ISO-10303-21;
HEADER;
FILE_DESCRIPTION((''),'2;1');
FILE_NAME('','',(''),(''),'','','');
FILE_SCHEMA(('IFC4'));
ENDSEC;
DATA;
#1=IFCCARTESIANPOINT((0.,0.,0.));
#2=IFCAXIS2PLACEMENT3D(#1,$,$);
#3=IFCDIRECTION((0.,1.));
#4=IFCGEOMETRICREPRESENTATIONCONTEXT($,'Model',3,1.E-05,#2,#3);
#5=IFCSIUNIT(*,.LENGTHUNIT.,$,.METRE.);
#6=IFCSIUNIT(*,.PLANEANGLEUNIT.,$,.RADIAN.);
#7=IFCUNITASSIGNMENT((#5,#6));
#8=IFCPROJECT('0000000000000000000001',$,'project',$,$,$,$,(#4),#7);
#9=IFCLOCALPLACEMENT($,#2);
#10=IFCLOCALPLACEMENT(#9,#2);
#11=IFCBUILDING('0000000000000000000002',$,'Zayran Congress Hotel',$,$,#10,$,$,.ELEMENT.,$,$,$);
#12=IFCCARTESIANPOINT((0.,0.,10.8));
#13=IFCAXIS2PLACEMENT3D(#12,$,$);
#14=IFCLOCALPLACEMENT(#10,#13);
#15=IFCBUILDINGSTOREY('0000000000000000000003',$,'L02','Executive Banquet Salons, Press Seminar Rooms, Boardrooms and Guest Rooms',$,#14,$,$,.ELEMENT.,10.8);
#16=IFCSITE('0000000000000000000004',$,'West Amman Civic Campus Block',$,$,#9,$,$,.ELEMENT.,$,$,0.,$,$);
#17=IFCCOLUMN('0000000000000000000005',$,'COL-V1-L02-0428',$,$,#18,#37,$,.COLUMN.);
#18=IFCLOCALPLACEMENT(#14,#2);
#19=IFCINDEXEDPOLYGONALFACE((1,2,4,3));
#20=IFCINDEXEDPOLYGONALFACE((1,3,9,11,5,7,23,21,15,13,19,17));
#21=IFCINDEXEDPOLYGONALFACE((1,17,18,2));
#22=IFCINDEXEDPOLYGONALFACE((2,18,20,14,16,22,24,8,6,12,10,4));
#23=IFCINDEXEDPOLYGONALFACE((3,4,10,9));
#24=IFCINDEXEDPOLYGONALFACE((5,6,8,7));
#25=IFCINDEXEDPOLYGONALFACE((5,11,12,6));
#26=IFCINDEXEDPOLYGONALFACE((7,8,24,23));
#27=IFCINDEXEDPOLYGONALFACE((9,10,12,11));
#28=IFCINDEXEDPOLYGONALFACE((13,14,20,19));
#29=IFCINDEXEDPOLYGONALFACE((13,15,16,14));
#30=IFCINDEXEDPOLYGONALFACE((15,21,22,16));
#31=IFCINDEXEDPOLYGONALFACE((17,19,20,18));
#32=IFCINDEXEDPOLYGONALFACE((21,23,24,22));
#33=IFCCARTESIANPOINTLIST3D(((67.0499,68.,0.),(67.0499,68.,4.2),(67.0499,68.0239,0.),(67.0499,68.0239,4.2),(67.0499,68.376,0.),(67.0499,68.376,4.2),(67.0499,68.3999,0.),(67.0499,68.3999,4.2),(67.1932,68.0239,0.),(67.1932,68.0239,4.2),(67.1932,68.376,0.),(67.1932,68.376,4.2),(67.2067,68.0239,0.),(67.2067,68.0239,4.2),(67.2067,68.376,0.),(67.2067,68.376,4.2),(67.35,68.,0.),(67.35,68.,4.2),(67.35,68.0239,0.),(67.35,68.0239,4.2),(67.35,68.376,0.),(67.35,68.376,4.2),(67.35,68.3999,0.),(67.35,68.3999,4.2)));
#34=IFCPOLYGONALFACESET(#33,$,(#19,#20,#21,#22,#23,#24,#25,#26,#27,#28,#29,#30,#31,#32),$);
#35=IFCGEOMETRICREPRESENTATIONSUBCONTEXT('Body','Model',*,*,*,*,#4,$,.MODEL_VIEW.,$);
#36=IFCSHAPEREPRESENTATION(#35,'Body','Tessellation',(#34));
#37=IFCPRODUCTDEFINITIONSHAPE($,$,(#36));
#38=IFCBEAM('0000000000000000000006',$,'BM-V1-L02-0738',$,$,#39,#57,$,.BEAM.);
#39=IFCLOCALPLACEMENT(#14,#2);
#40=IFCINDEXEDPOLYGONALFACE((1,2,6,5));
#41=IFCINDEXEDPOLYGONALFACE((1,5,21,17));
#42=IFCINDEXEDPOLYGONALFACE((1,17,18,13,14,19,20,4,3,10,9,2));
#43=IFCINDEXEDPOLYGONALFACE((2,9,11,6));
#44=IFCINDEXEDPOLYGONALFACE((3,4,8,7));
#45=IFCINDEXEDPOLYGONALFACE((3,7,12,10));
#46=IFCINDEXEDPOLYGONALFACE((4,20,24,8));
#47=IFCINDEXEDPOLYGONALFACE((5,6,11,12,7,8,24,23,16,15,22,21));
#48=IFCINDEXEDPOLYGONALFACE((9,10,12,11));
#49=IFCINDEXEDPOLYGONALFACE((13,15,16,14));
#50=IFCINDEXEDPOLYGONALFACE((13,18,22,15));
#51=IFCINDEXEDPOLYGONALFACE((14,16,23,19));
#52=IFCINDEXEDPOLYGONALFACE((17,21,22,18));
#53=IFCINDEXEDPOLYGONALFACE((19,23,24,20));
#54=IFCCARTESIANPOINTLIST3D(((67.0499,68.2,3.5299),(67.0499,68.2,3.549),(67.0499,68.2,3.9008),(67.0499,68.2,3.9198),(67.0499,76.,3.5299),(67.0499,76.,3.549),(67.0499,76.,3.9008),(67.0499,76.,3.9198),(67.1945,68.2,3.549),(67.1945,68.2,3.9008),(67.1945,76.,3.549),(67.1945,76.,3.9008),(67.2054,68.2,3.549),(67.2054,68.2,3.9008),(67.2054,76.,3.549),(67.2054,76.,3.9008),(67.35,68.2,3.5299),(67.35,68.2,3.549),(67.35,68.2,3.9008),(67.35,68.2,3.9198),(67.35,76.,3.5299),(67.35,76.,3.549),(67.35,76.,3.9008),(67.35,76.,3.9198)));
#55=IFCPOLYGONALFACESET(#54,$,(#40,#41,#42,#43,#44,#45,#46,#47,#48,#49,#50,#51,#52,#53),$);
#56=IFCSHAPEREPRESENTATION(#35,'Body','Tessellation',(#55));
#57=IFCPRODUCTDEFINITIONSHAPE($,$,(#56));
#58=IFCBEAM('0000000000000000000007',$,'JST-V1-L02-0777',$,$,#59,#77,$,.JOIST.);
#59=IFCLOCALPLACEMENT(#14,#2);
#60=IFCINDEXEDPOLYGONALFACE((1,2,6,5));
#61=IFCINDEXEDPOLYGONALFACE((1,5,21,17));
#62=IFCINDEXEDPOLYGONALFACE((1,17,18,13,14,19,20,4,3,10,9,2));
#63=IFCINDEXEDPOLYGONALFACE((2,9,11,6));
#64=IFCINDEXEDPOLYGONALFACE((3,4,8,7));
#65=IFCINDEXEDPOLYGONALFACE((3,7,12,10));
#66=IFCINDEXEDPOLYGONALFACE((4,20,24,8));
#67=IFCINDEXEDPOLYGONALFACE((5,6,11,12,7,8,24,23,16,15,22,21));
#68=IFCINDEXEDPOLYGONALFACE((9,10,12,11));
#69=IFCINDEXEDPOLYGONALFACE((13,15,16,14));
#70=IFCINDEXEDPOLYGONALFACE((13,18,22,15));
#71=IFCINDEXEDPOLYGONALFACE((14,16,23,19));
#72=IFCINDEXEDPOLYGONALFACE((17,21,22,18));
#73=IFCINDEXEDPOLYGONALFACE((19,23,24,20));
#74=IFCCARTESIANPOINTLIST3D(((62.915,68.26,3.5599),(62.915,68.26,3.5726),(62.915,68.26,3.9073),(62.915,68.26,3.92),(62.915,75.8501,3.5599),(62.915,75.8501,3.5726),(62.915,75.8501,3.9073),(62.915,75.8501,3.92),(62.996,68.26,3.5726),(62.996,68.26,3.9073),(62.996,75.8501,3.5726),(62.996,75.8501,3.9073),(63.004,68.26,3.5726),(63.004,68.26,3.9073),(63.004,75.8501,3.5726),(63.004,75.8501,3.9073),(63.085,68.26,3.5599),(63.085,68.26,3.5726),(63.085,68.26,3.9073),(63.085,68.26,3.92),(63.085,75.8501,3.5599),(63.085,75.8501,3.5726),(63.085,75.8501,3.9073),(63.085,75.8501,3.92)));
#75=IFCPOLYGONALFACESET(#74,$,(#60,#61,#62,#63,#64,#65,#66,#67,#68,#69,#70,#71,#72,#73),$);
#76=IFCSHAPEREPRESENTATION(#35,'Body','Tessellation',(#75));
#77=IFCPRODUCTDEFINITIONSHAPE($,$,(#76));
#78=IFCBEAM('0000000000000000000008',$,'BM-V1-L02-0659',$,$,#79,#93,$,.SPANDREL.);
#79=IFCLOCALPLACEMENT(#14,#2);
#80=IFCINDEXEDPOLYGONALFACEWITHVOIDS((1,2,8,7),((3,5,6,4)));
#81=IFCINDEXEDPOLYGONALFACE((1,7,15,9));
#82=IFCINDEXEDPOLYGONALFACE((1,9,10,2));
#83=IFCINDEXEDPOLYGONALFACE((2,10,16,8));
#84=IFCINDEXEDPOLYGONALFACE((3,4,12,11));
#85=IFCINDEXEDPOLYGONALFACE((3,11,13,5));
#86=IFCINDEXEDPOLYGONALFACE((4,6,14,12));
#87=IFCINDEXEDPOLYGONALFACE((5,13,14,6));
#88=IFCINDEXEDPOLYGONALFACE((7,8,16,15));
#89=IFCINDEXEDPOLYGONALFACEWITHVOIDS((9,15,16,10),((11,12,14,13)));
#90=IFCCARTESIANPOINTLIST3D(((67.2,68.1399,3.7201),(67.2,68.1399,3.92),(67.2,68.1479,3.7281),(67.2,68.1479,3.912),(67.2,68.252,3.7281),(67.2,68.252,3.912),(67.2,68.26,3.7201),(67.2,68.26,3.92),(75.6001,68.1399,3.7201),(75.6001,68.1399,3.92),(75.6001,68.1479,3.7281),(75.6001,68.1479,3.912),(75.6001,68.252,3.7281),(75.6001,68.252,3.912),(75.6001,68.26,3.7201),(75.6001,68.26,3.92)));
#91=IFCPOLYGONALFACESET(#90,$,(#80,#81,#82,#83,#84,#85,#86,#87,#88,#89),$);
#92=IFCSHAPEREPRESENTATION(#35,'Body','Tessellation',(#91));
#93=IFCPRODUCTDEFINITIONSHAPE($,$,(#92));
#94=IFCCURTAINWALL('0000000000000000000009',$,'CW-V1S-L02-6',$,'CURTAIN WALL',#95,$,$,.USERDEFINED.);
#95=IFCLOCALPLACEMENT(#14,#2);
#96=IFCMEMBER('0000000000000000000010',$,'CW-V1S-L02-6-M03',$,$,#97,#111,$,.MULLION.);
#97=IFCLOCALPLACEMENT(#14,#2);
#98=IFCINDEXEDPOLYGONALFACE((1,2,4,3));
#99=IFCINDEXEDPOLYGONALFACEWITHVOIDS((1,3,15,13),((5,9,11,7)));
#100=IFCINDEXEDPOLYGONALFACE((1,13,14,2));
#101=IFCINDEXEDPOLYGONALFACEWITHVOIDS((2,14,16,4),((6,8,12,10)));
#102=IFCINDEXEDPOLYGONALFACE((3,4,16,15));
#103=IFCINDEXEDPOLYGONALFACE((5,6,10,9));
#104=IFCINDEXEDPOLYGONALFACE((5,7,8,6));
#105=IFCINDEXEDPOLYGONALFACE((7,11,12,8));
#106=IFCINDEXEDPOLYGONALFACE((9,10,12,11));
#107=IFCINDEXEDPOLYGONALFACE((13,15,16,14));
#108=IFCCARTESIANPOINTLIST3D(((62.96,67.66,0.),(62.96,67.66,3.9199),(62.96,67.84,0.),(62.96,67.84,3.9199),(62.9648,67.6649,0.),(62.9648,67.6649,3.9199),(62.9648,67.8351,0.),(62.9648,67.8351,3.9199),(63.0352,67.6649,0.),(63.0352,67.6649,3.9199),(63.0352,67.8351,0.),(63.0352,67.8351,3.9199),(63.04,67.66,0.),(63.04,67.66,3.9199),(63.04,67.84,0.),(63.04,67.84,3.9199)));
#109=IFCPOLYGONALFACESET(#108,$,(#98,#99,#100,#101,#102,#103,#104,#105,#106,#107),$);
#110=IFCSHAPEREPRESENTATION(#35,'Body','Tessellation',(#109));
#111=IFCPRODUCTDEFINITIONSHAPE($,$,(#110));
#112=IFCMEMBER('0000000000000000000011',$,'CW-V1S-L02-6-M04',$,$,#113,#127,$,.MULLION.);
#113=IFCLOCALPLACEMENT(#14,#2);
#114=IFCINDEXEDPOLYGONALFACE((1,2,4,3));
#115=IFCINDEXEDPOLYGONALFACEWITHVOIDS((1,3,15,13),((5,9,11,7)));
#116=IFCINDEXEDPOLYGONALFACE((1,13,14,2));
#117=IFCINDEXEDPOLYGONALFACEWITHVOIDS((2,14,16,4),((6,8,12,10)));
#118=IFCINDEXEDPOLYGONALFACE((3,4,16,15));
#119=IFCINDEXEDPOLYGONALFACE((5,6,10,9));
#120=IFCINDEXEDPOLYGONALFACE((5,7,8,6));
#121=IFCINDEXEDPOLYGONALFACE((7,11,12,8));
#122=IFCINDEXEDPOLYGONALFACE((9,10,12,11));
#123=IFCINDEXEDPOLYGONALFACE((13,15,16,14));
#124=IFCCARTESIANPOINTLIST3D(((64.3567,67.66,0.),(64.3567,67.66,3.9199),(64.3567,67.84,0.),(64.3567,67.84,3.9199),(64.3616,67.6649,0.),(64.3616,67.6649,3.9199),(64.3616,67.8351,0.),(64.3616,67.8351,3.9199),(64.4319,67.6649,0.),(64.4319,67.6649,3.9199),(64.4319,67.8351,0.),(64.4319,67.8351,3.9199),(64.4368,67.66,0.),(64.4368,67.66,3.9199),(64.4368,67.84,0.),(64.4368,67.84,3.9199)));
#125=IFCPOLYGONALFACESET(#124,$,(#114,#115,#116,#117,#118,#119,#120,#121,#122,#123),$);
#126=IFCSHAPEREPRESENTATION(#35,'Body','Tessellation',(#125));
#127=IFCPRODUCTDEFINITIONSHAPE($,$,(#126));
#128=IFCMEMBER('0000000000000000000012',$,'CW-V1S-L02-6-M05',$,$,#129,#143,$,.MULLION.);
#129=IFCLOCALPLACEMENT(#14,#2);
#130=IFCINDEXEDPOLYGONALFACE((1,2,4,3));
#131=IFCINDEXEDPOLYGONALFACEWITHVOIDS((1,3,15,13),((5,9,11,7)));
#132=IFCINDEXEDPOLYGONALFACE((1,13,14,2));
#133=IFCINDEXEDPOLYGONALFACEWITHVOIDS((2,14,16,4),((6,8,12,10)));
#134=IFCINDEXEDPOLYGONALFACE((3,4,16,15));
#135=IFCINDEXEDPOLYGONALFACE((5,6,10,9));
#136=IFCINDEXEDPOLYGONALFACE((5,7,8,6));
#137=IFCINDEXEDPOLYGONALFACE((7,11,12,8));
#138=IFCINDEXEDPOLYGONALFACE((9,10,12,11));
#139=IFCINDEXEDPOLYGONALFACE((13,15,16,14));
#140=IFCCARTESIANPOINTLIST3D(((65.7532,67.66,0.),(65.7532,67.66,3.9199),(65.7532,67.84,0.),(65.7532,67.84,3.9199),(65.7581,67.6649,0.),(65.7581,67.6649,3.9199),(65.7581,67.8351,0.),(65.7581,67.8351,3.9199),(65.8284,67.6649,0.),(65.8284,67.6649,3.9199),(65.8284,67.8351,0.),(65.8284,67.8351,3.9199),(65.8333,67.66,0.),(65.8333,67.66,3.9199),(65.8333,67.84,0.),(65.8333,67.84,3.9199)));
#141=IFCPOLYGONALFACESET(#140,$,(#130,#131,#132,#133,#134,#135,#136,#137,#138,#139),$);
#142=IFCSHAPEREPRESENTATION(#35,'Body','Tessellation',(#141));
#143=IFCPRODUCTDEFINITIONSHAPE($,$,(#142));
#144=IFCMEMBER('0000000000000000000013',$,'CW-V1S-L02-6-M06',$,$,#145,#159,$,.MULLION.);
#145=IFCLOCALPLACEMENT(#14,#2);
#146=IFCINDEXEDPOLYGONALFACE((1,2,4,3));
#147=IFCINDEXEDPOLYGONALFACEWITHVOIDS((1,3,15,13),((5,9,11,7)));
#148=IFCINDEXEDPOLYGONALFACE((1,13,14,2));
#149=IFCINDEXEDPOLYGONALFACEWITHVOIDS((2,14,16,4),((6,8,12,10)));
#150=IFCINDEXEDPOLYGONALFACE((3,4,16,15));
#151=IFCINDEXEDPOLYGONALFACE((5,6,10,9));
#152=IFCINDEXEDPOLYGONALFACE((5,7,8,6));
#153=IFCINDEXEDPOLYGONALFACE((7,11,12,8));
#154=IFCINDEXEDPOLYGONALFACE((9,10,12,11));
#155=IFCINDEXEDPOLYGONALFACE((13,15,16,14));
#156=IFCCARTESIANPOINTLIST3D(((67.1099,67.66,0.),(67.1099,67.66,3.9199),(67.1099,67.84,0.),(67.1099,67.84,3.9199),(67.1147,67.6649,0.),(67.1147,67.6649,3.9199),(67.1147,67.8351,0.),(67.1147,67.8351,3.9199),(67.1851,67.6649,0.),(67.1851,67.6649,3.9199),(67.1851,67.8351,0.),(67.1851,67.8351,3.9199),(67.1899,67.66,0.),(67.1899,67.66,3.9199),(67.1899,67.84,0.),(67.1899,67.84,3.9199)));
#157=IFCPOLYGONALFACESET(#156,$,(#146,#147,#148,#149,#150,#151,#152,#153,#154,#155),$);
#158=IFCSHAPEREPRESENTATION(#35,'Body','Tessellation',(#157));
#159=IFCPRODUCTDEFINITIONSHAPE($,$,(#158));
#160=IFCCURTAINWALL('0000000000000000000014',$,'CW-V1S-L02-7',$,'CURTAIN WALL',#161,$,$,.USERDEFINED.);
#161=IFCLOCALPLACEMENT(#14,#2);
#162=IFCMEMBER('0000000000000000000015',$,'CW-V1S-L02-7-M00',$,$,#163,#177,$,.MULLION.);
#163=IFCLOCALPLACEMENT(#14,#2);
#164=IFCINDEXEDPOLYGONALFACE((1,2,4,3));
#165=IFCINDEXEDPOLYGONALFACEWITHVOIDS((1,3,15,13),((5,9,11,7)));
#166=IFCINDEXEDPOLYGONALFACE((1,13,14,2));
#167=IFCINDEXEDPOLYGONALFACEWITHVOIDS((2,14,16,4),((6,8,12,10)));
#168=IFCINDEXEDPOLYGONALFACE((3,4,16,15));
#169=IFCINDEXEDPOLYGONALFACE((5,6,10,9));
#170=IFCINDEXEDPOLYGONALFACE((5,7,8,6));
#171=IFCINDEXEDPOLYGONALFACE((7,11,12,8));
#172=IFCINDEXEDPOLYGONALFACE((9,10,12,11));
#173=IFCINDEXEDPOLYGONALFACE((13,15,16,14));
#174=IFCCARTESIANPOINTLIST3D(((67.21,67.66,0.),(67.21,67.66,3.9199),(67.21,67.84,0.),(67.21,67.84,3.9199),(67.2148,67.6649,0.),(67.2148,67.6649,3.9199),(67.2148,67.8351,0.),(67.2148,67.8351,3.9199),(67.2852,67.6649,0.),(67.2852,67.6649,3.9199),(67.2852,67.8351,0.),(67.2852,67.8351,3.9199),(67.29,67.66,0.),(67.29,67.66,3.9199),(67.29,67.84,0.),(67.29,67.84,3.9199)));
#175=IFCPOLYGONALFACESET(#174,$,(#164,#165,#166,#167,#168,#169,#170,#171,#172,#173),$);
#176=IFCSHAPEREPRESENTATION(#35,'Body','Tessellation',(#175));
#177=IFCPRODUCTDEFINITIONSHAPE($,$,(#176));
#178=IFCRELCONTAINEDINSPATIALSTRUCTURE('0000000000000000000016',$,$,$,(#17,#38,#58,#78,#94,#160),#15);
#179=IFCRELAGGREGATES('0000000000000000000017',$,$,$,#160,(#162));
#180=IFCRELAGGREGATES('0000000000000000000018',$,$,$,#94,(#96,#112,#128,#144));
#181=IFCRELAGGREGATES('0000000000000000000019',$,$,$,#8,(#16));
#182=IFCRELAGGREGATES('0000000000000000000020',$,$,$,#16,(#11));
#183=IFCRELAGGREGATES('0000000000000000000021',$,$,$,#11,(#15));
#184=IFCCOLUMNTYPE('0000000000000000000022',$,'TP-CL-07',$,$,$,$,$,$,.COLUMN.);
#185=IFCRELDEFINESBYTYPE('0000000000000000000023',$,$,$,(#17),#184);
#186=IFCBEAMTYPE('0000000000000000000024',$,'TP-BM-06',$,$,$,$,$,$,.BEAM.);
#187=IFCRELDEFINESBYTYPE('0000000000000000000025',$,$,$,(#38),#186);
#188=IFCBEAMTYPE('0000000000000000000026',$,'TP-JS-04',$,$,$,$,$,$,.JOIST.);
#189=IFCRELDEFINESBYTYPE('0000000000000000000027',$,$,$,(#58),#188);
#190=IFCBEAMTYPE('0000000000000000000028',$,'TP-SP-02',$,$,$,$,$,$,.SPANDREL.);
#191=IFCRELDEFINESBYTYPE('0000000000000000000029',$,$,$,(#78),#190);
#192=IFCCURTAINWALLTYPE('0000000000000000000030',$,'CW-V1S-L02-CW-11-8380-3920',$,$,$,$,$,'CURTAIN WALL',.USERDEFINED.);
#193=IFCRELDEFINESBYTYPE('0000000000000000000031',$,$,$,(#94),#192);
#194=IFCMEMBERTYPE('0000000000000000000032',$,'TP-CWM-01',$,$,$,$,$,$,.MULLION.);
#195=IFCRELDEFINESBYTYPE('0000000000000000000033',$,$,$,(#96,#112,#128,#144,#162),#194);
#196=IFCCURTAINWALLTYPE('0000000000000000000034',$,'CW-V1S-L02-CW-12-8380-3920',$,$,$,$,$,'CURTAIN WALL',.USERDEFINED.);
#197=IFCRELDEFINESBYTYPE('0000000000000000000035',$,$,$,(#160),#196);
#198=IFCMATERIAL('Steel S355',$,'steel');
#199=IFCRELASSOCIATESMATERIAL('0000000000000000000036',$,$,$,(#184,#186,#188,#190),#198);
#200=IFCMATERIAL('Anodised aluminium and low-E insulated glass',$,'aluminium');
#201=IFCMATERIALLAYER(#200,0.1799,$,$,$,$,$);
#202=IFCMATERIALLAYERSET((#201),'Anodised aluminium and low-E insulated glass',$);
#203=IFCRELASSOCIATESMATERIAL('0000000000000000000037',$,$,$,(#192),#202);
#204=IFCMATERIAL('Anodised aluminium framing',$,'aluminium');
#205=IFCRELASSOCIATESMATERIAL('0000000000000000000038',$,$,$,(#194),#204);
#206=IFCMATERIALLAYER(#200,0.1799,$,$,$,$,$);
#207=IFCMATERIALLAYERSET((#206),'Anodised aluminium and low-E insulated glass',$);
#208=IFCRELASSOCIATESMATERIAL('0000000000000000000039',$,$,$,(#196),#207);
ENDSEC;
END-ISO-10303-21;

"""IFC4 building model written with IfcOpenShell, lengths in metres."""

from ifc_helpers import new_model, si_unit, direction, frame, origin, origin_2d, place, context, subcontext, project, spatial, hollow_rectangle, i_section, extrude, material, layer, layer_set, material_profile, profile_set, type_object, element, aggregate, save


model = new_model("IFC4")

# Units and contexts
model_context = context("Model", 3, precision=1e-05, world=origin(), true_north=direction((0.0, 1.0)))
body_context = subcontext(model_context, "Body", "Model", "MODEL_VIEW")
ifc_project = project(units=[si_unit("LENGTHUNIT", "METRE"), si_unit("PLANEANGLEUNIT", "RADIAN")], contexts=[model_context])

# Site, building, storey
site_placement = place(None, origin())
site = spatial("IfcSite", under=ifc_project, at=site_placement, Name="West Amman Civic Campus Block", CompositionType="ELEMENT", RefElevation=0.0)
building_placement = place(site_placement, origin())
building = spatial("IfcBuilding", under=site, at=building_placement, Name="Zayran Congress Hotel", CompositionType="ELEMENT")
storey_placement = place(building_placement, frame((0.0, 0.0, 10.8)))
storey = spatial("IfcBuildingStorey", under=building, at=storey_placement, Name="L02", Description="Executive Banquet Salons, Press Seminar Rooms, Boardrooms and Guest Rooms", CompositionType="ELEMENT", Elevation=10.8)

# Column
ifc_material_1 = material(Name="Steel S355", Category="steel")
ifc_material_profile_1 = material_profile(ifc_material_1, i_section(OverallWidth=0.3, OverallDepth=0.3999, WebThickness=0.0134, FlangeThickness=0.0239, at=origin_2d()), Name="HEB 400")
ifc_profile_set_1 = profile_set([ifc_material_profile_1], Name="Steel S355")
column_type = type_object("IfcColumnType", Name="TP-CL-07", PredefinedType="COLUMN", material=ifc_profile_set_1)
column_placement = place(storey_placement, frame((67.2, 68.2, 0.0), z_axis=(0.0, 0.0, 1.0), x_axis=(1.0, 0.0, 0.0)))
element("IfcColumn", 1, at=column_placement, inside=storey, type_object=column_type, Name="COL-V1-L02-0428", PredefinedType="COLUMN", context=body_context, shape_type="SweptSolid", body=[
    extrude(i_section(OverallWidth=0.3, OverallDepth=0.3999, WebThickness=0.0134, FlangeThickness=0.0239, at=origin_2d()), origin(), (0.0, 0.0, 1.0), 4.2),
])

# Beams
ifc_material_profile_2 = material_profile(ifc_material_1, i_section(OverallWidth=0.3, OverallDepth=0.3899, WebThickness=0.011, FlangeThickness=0.019, at=origin_2d()), Name="HEA 400")
ifc_profile_set_2 = profile_set([ifc_material_profile_2], Name="Steel S355")
beam_type_1 = type_object("IfcBeamType", Name="TP-BM-06", PredefinedType="BEAM", material=ifc_profile_set_2)
beam_1_placement = place(storey_placement, frame((67.2, 68.2, 3.7249), z_axis=(0.0, 1.0, 0.0), x_axis=(-1.0, 0.0, 0.0)))
element("IfcBeam", 2, at=beam_1_placement, inside=storey, type_object=beam_type_1, Name="BM-V1-L02-0738", PredefinedType="BEAM", context=body_context, shape_type="SweptSolid", body=[
    extrude(i_section(OverallWidth=0.3, OverallDepth=0.3899, WebThickness=0.011, FlangeThickness=0.019, at=origin_2d()), origin(), (0.0, 0.0, 1.0), 7.8),
])
ifc_material_profile_3 = material_profile(ifc_material_1, i_section(OverallWidth=0.1699, OverallDepth=0.3601, WebThickness=0.0081, FlangeThickness=0.0127, at=origin_2d()), Name="IPE 360")
ifc_profile_set_3 = profile_set([ifc_material_profile_3], Name="Steel S355")
beam_type_2 = type_object("IfcBeamType", Name="TP-JS-04", PredefinedType="JOIST", material=ifc_profile_set_3)
beam_2_placement = place(storey_placement, frame((63.0, 68.26, 3.74), z_axis=(0.0, 1.0, 0.0), x_axis=(-1.0, 0.0, 0.0)))
element("IfcBeam", 3, at=beam_2_placement, inside=storey, type_object=beam_type_2, Name="JST-V1-L02-0777", PredefinedType="JOIST", context=body_context, shape_type="SweptSolid", body=[
    extrude(i_section(OverallWidth=0.1699, OverallDepth=0.3601, WebThickness=0.0081, FlangeThickness=0.0127, at=origin_2d()), origin(), (0.0, 0.0, 1.0), 7.5901),
])
ifc_material_profile_4 = material_profile(ifc_material_1, hollow_rectangle(XDim=0.1201, YDim=0.2, WallThickness=0.0081, at=origin_2d()), Name="RHS 200x120x8")
ifc_profile_set_4 = profile_set([ifc_material_profile_4], Name="Steel S355")
beam_type_3 = type_object("IfcBeamType", Name="TP-SP-02", PredefinedType="SPANDREL", material=ifc_profile_set_4)
beam_3_placement = place(storey_placement, frame((67.2, 68.2, 3.8201), z_axis=(1.0, 0.0, 0.0), x_axis=(0.0, 1.0, 0.0)))
element("IfcBeam", 4, at=beam_3_placement, inside=storey, type_object=beam_type_3, Name="BM-V1-L02-0659", PredefinedType="SPANDREL", context=body_context, shape_type="SweptSolid", body=[
    extrude(hollow_rectangle(XDim=0.1201, YDim=0.2, WallThickness=0.0081, at=origin_2d()), origin(), (0.0, 0.0, 1.0), 8.4001),
])

# Curtain wall, members
ifc_material_2 = material(Name="Anodised aluminium and low-E insulated glass", Category="aluminium")
ifc_layer_1 = layer(ifc_material_2, 0.1799)
ifc_layer_set_1 = layer_set([ifc_layer_1], Name="Anodised aluminium and low-E insulated glass")
curtain_wall_type_1 = type_object("IfcCurtainWallType", Name="CW-V1S-L02-CW-11-8380-3920", ElementType="CURTAIN WALL", PredefinedType="USERDEFINED", material=ifc_layer_set_1)
curtain_wall_1_placement = place(storey_placement, origin())
curtain_wall_1 = element("IfcCurtainWall", 5, at=curtain_wall_1_placement, inside=storey, type_object=curtain_wall_type_1, Name="CW-V1S-L02-6", ObjectType="CURTAIN WALL", PredefinedType="USERDEFINED")
ifc_material_3 = material(Name="Anodised aluminium framing", Category="aluminium")
ifc_material_profile_5 = material_profile(ifc_material_3, hollow_rectangle(XDim=0.0801, YDim=0.1799, WallThickness=0.0049, at=origin_2d()), Name="RHS 180x80x5")
ifc_profile_set_5 = profile_set([ifc_material_profile_5], Name="Anodised aluminium framing")
member_type_1 = type_object("IfcMemberType", Name="TP-CWM-01", PredefinedType="MULLION", material=ifc_profile_set_5)
member_1_placement = place(storey_placement, frame((63.0, 67.75, 0.0), z_axis=(0.0, 0.0, 1.0), x_axis=(1.0, 0.0, 0.0)))
member_1 = element("IfcMember", 6, at=member_1_placement, type_object=member_type_1, Name="CW-V1S-L02-6-M03", PredefinedType="MULLION", context=body_context, shape_type="SweptSolid", body=[
    extrude(hollow_rectangle(XDim=0.0801, YDim=0.1799, WallThickness=0.0049, at=origin_2d()), origin(), (0.0, 0.0, 1.0), 3.9199),
])
member_2_placement = place(storey_placement, frame((64.3967, 67.75, 0.0), z_axis=(0.0, 0.0, 1.0), x_axis=(1.0, 0.0, 0.0)))
member_2 = element("IfcMember", 7, at=member_2_placement, type_object=member_type_1, Name="CW-V1S-L02-6-M04", PredefinedType="MULLION", context=body_context, shape_type="SweptSolid", body=[
    extrude(hollow_rectangle(XDim=0.0801, YDim=0.1799, WallThickness=0.0049, at=origin_2d()), origin(), (0.0, 0.0, 1.0), 3.9199),
])
member_3_placement = place(storey_placement, frame((65.7932, 67.75, 0.0), z_axis=(0.0, 0.0, 1.0), x_axis=(1.0, 0.0, 0.0)))
member_3 = element("IfcMember", 8, at=member_3_placement, type_object=member_type_1, Name="CW-V1S-L02-6-M05", PredefinedType="MULLION", context=body_context, shape_type="SweptSolid", body=[
    extrude(hollow_rectangle(XDim=0.0801, YDim=0.1799, WallThickness=0.0049, at=origin_2d()), origin(), (0.0, 0.0, 1.0), 3.9199),
])
member_4_placement = place(storey_placement, frame((67.1499, 67.75, 0.0), z_axis=(0.0, 0.0, 1.0), x_axis=(1.0, 0.0, 0.0)))
member_4 = element("IfcMember", 9, at=member_4_placement, type_object=member_type_1, Name="CW-V1S-L02-6-M06", PredefinedType="MULLION", context=body_context, shape_type="SweptSolid", body=[
    extrude(hollow_rectangle(XDim=0.0801, YDim=0.1799, WallThickness=0.0049, at=origin_2d()), origin(), (0.0, 0.0, 1.0), 3.9199),
])

# Curtain wall, member
ifc_layer_2 = layer(ifc_material_2, 0.1799)
ifc_layer_set_2 = layer_set([ifc_layer_2], Name="Anodised aluminium and low-E insulated glass")
curtain_wall_type_2 = type_object("IfcCurtainWallType", Name="CW-V1S-L02-CW-12-8380-3920", ElementType="CURTAIN WALL", PredefinedType="USERDEFINED", material=ifc_layer_set_2)
curtain_wall_2_placement = place(storey_placement, origin())
curtain_wall_2 = element("IfcCurtainWall", 10, at=curtain_wall_2_placement, inside=storey, type_object=curtain_wall_type_2, Name="CW-V1S-L02-7", ObjectType="CURTAIN WALL", PredefinedType="USERDEFINED")
member_5_placement = place(storey_placement, frame((67.25, 67.75, 0.0), z_axis=(0.0, 0.0, 1.0), x_axis=(1.0, 0.0, 0.0)))
member_5 = element("IfcMember", 11, at=member_5_placement, type_object=member_type_1, Name="CW-V1S-L02-7-M00", PredefinedType="MULLION", context=body_context, shape_type="SweptSolid", body=[
    extrude(hollow_rectangle(XDim=0.0801, YDim=0.1799, WallThickness=0.0049, at=origin_2d()), origin(), (0.0, 0.0, 1.0), 3.9199),
])
aggregate(curtain_wall_2, [member_5])

aggregate(curtain_wall_1, [member_1, member_2, member_3, member_4])

save(model, "model.ifc")
